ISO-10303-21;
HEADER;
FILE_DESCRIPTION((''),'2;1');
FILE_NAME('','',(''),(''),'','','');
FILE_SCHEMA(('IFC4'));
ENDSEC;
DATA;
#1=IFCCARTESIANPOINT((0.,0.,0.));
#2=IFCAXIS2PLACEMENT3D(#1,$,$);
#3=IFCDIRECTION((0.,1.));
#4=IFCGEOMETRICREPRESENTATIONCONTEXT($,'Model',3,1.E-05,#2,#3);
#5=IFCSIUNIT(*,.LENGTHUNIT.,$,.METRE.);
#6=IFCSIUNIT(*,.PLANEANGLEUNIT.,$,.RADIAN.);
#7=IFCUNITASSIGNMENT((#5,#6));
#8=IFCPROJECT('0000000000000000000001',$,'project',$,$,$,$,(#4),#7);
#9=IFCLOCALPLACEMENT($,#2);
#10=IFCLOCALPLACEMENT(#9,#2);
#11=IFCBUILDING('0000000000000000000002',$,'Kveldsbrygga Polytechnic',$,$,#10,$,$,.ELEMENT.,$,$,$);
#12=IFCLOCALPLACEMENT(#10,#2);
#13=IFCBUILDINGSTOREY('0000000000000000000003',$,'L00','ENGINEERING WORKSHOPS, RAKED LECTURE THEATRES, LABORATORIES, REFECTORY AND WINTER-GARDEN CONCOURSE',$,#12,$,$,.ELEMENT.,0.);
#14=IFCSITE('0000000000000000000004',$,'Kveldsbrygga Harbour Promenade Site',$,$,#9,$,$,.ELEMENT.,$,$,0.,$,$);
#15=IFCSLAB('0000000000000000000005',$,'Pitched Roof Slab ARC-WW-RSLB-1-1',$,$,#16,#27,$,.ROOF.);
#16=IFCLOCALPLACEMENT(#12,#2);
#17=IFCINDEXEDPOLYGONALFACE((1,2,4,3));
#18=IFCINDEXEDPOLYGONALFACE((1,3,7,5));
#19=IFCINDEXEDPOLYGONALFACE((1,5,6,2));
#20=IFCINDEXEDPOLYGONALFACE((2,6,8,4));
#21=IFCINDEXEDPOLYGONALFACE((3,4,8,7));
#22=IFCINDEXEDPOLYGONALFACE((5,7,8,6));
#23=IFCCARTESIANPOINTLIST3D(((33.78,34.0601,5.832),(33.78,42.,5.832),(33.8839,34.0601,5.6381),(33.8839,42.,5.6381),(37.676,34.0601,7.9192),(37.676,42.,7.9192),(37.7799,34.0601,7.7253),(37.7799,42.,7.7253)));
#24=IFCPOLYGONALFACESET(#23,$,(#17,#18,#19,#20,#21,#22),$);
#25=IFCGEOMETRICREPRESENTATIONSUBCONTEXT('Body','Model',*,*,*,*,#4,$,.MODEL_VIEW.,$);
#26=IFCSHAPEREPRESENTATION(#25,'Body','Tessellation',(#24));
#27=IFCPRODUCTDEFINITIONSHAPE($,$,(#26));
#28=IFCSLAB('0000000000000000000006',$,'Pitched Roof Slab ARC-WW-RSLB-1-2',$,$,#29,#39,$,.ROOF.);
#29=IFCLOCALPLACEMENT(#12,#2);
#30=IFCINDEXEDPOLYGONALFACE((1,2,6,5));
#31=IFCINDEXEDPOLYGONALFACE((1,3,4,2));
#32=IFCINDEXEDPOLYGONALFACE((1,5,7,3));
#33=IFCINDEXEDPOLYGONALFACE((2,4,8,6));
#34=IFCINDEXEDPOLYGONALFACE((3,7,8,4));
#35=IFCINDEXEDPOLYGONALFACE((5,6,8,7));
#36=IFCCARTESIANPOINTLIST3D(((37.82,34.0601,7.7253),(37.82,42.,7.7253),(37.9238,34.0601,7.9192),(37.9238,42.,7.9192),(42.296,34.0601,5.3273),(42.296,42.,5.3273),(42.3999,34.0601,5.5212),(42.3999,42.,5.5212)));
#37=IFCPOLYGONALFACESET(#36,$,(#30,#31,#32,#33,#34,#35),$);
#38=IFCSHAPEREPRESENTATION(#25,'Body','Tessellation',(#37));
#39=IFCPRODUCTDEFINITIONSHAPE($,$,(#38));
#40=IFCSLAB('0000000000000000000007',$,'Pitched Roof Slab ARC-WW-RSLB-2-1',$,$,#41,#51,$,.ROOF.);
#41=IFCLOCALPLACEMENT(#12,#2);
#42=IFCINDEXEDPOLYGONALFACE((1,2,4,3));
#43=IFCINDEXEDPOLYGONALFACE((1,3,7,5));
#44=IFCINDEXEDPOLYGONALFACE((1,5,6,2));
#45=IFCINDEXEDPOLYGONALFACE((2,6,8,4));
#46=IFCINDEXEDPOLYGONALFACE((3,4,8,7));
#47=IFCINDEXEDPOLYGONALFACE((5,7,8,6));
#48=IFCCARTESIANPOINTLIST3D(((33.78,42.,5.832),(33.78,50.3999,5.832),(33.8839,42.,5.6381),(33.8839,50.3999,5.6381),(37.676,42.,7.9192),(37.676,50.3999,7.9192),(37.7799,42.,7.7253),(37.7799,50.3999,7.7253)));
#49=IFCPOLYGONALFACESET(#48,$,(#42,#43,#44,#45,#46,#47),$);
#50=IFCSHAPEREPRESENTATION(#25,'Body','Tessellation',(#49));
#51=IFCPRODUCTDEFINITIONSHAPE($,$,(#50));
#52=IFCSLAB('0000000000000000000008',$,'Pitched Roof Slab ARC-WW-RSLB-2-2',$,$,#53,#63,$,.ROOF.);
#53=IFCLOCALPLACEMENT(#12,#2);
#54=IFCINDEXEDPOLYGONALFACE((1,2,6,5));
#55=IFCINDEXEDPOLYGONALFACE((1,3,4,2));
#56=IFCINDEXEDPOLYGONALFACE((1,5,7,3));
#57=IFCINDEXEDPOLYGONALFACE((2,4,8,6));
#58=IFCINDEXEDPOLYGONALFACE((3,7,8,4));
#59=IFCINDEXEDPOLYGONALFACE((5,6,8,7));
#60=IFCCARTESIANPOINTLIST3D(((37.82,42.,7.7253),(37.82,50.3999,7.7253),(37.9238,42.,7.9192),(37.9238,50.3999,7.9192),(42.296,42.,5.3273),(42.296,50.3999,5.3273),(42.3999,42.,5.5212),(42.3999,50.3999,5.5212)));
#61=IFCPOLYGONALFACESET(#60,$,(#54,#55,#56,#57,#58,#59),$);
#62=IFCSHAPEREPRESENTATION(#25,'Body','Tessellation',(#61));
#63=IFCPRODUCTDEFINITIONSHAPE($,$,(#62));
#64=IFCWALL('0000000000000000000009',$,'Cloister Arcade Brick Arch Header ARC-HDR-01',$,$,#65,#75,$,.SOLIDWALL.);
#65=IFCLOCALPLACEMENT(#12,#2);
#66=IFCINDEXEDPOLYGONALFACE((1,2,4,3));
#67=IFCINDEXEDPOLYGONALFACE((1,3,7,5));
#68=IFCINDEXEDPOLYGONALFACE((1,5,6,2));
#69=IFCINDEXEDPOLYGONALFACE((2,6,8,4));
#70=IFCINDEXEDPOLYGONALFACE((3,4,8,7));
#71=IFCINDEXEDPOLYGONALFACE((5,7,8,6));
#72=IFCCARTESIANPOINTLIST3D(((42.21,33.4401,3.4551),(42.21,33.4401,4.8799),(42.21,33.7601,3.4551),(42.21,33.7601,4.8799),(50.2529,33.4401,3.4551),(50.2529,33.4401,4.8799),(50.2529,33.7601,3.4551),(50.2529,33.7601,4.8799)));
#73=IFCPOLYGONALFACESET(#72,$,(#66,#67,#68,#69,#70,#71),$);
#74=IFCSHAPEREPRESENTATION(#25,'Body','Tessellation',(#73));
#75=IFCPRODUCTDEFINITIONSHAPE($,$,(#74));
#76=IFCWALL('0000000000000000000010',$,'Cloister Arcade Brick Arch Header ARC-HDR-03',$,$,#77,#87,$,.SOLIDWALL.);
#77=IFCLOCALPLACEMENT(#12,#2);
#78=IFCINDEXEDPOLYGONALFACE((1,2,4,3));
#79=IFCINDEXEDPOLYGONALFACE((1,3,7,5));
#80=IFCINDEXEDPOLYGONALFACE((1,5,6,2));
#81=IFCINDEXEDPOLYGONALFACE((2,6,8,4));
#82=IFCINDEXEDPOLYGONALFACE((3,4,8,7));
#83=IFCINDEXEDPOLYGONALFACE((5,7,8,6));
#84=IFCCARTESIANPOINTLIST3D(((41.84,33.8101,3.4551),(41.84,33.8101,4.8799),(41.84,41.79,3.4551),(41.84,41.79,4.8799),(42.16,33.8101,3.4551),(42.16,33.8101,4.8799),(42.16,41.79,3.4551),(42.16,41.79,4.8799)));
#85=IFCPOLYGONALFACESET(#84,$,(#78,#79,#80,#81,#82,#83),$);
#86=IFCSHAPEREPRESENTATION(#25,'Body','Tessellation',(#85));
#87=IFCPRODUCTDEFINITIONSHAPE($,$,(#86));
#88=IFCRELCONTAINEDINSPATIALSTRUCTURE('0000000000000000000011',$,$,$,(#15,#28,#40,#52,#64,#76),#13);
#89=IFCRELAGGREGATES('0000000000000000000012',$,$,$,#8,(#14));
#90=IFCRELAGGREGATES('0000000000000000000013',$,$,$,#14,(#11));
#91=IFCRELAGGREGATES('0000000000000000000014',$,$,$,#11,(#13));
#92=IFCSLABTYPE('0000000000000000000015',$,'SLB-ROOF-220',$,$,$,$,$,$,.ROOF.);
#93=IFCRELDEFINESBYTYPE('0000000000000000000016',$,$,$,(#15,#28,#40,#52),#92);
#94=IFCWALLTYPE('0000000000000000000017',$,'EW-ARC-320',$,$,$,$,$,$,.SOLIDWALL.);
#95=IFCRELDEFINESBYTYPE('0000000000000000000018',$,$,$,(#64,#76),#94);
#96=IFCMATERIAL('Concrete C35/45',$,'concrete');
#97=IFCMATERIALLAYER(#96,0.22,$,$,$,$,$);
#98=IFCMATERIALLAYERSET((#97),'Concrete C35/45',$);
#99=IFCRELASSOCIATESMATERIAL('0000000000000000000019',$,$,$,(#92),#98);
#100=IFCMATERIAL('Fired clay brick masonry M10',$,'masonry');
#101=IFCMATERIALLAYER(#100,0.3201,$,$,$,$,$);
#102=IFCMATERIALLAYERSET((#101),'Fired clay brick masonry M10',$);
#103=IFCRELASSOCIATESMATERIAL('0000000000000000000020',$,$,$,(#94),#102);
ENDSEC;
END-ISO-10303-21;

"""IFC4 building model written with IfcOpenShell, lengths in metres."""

from ifc_helpers import new_model, si_unit, direction, frame, frame_2d, origin, place, context, subcontext, project, spatial, polyline, rectangle, outline, extrude, material, layer, layer_set, type_object, element, save


model = new_model("IFC4")

# Units and contexts
model_context = context("Model", 3, precision=1e-05, world=origin(), true_north=direction((0.0, 1.0)))
body_context = subcontext(model_context, "Body", "Model", "MODEL_VIEW")
ifc_project = project(units=[si_unit("LENGTHUNIT", "METRE"), si_unit("PLANEANGLEUNIT", "RADIAN")], contexts=[model_context])

# Site, building, storey
site_placement = place(None, origin())
site = spatial("IfcSite", under=ifc_project, at=site_placement, Name="Kveldsbrygga Harbour Promenade Site", CompositionType="ELEMENT", RefElevation=0.0)
building_placement = place(site_placement, origin())
building = spatial("IfcBuilding", under=site, at=building_placement, Name="Kveldsbrygga Polytechnic", CompositionType="ELEMENT")
storey_placement = place(building_placement, origin())
storey = spatial("IfcBuildingStorey", under=building, at=storey_placement, Name="L00", Description="ENGINEERING WORKSHOPS, RAKED LECTURE THEATRES, LABORATORIES, REFECTORY AND WINTER-GARDEN CONCOURSE", CompositionType="ELEMENT", Elevation=0.0)

# Shared definitions
ifc_material_1 = material(Name="Concrete C35/45", Category="concrete")

# Slabs
ifc_layer_1 = layer(ifc_material_1, 0.22)
ifc_layer_set_1 = layer_set([ifc_layer_1], Name="Concrete C35/45")
slab_type = type_object("IfcSlabType", Name="SLB-ROOF-220", PredefinedType="ROOF", material=ifc_layer_set_1)
slab_1_placement = place(storey_placement, frame((33.78, 34.0601, 5.832), z_axis=(-0.472224, 0.0, 0.881478), x_axis=(0.881478, 0.0, 0.472224)))
element("IfcSlab", 1, at=slab_1_placement, inside=storey, type_object=slab_type, Name="Pitched Roof Slab ARC-WW-RSLB-1-1", PredefinedType="ROOF", context=body_context, shape_type="SweptSolid", body=[
    extrude(outline(polyline([(0.0, 0.0), (4.4198, 0.0), (4.4198, 7.9399), (0.0, 7.9399), (0.0, 0.0)])), origin(), (0.0, 0.0, -1.0), 0.22),
])
slab_2_placement = place(storey_placement, frame((37.9238, 34.0601, 7.9192), z_axis=(0.472229, 0.0, 0.881476), x_axis=(0.881476, 0.0, -0.472229)))
element("IfcSlab", 2, at=slab_2_placement, inside=storey, type_object=slab_type, Name="Pitched Roof Slab ARC-WW-RSLB-1-2", PredefinedType="ROOF", context=body_context, shape_type="SweptSolid", body=[
    extrude(outline(polyline([(0.0, 0.0), (5.0779, 0.0), (5.0779, 7.9399), (0.0, 7.9399), (0.0, 0.0)])), origin(), (0.0, 0.0, -1.0), 0.22),
])
slab_3_placement = place(storey_placement, frame((33.78, 42.0, 5.832), z_axis=(-0.472224, 0.0, 0.881478), x_axis=(0.881478, 0.0, 0.472224)))
element("IfcSlab", 3, at=slab_3_placement, inside=storey, type_object=slab_type, Name="Pitched Roof Slab ARC-WW-RSLB-2-1", PredefinedType="ROOF", context=body_context, shape_type="SweptSolid", body=[
    extrude(outline(polyline([(0.0, 0.0), (4.4198, 0.0), (4.4198, 8.3999), (0.0, 8.3999), (0.0, 0.0)])), origin(), (0.0, 0.0, -1.0), 0.22),
])
slab_4_placement = place(storey_placement, frame((37.9238, 42.0, 7.9192), z_axis=(0.472229, 0.0, 0.881476), x_axis=(0.881476, 0.0, -0.472229)))
element("IfcSlab", 4, at=slab_4_placement, inside=storey, type_object=slab_type, Name="Pitched Roof Slab ARC-WW-RSLB-2-2", PredefinedType="ROOF", context=body_context, shape_type="SweptSolid", body=[
    extrude(outline(polyline([(0.0, 0.0), (5.0779, 0.0), (5.0779, 8.3999), (0.0, 8.3999), (0.0, 0.0)])), origin(), (0.0, 0.0, -1.0), 0.22),
])

# Walls
ifc_material_2 = material(Name="Fired clay brick masonry M10", Category="masonry")
ifc_layer_2 = layer(ifc_material_2, 0.3201)
ifc_layer_set_2 = layer_set([ifc_layer_2], Name="Fired clay brick masonry M10")
wall_type = type_object("IfcWallType", Name="EW-ARC-320", PredefinedType="SOLIDWALL", material=ifc_layer_set_2)
wall_1_placement = place(storey_placement, frame((42.21, 33.6001, 3.4551), z_axis=(0.0, 0.0, 1.0), x_axis=(1.0, 0.0, 0.0)))
element("IfcWall", 5, at=wall_1_placement, inside=storey, type_object=wall_type, Name="Cloister Arcade Brick Arch Header ARC-HDR-01", PredefinedType="SOLIDWALL", context=body_context, shape_type="SweptSolid", body=[
    extrude(rectangle(XDim=8.043, YDim=0.3201, at=frame_2d((4.0215, 0.0))), origin(), (0.0, 0.0, 1.0), 1.4248),
])
wall_2_placement = place(storey_placement, frame((42.0, 33.8101, 3.4551), z_axis=(0.0, 0.0, 1.0), x_axis=(0.0, 1.0, 0.0)))
element("IfcWall", 6, at=wall_2_placement, inside=storey, type_object=wall_type, Name="Cloister Arcade Brick Arch Header ARC-HDR-03", PredefinedType="SOLIDWALL", context=body_context, shape_type="SweptSolid", body=[
    extrude(rectangle(XDim=7.98, YDim=0.3201, at=frame_2d((3.99, 0.0))), origin(), (0.0, 0.0, 1.0), 1.4248),
])

save(model, "model.ifc")
